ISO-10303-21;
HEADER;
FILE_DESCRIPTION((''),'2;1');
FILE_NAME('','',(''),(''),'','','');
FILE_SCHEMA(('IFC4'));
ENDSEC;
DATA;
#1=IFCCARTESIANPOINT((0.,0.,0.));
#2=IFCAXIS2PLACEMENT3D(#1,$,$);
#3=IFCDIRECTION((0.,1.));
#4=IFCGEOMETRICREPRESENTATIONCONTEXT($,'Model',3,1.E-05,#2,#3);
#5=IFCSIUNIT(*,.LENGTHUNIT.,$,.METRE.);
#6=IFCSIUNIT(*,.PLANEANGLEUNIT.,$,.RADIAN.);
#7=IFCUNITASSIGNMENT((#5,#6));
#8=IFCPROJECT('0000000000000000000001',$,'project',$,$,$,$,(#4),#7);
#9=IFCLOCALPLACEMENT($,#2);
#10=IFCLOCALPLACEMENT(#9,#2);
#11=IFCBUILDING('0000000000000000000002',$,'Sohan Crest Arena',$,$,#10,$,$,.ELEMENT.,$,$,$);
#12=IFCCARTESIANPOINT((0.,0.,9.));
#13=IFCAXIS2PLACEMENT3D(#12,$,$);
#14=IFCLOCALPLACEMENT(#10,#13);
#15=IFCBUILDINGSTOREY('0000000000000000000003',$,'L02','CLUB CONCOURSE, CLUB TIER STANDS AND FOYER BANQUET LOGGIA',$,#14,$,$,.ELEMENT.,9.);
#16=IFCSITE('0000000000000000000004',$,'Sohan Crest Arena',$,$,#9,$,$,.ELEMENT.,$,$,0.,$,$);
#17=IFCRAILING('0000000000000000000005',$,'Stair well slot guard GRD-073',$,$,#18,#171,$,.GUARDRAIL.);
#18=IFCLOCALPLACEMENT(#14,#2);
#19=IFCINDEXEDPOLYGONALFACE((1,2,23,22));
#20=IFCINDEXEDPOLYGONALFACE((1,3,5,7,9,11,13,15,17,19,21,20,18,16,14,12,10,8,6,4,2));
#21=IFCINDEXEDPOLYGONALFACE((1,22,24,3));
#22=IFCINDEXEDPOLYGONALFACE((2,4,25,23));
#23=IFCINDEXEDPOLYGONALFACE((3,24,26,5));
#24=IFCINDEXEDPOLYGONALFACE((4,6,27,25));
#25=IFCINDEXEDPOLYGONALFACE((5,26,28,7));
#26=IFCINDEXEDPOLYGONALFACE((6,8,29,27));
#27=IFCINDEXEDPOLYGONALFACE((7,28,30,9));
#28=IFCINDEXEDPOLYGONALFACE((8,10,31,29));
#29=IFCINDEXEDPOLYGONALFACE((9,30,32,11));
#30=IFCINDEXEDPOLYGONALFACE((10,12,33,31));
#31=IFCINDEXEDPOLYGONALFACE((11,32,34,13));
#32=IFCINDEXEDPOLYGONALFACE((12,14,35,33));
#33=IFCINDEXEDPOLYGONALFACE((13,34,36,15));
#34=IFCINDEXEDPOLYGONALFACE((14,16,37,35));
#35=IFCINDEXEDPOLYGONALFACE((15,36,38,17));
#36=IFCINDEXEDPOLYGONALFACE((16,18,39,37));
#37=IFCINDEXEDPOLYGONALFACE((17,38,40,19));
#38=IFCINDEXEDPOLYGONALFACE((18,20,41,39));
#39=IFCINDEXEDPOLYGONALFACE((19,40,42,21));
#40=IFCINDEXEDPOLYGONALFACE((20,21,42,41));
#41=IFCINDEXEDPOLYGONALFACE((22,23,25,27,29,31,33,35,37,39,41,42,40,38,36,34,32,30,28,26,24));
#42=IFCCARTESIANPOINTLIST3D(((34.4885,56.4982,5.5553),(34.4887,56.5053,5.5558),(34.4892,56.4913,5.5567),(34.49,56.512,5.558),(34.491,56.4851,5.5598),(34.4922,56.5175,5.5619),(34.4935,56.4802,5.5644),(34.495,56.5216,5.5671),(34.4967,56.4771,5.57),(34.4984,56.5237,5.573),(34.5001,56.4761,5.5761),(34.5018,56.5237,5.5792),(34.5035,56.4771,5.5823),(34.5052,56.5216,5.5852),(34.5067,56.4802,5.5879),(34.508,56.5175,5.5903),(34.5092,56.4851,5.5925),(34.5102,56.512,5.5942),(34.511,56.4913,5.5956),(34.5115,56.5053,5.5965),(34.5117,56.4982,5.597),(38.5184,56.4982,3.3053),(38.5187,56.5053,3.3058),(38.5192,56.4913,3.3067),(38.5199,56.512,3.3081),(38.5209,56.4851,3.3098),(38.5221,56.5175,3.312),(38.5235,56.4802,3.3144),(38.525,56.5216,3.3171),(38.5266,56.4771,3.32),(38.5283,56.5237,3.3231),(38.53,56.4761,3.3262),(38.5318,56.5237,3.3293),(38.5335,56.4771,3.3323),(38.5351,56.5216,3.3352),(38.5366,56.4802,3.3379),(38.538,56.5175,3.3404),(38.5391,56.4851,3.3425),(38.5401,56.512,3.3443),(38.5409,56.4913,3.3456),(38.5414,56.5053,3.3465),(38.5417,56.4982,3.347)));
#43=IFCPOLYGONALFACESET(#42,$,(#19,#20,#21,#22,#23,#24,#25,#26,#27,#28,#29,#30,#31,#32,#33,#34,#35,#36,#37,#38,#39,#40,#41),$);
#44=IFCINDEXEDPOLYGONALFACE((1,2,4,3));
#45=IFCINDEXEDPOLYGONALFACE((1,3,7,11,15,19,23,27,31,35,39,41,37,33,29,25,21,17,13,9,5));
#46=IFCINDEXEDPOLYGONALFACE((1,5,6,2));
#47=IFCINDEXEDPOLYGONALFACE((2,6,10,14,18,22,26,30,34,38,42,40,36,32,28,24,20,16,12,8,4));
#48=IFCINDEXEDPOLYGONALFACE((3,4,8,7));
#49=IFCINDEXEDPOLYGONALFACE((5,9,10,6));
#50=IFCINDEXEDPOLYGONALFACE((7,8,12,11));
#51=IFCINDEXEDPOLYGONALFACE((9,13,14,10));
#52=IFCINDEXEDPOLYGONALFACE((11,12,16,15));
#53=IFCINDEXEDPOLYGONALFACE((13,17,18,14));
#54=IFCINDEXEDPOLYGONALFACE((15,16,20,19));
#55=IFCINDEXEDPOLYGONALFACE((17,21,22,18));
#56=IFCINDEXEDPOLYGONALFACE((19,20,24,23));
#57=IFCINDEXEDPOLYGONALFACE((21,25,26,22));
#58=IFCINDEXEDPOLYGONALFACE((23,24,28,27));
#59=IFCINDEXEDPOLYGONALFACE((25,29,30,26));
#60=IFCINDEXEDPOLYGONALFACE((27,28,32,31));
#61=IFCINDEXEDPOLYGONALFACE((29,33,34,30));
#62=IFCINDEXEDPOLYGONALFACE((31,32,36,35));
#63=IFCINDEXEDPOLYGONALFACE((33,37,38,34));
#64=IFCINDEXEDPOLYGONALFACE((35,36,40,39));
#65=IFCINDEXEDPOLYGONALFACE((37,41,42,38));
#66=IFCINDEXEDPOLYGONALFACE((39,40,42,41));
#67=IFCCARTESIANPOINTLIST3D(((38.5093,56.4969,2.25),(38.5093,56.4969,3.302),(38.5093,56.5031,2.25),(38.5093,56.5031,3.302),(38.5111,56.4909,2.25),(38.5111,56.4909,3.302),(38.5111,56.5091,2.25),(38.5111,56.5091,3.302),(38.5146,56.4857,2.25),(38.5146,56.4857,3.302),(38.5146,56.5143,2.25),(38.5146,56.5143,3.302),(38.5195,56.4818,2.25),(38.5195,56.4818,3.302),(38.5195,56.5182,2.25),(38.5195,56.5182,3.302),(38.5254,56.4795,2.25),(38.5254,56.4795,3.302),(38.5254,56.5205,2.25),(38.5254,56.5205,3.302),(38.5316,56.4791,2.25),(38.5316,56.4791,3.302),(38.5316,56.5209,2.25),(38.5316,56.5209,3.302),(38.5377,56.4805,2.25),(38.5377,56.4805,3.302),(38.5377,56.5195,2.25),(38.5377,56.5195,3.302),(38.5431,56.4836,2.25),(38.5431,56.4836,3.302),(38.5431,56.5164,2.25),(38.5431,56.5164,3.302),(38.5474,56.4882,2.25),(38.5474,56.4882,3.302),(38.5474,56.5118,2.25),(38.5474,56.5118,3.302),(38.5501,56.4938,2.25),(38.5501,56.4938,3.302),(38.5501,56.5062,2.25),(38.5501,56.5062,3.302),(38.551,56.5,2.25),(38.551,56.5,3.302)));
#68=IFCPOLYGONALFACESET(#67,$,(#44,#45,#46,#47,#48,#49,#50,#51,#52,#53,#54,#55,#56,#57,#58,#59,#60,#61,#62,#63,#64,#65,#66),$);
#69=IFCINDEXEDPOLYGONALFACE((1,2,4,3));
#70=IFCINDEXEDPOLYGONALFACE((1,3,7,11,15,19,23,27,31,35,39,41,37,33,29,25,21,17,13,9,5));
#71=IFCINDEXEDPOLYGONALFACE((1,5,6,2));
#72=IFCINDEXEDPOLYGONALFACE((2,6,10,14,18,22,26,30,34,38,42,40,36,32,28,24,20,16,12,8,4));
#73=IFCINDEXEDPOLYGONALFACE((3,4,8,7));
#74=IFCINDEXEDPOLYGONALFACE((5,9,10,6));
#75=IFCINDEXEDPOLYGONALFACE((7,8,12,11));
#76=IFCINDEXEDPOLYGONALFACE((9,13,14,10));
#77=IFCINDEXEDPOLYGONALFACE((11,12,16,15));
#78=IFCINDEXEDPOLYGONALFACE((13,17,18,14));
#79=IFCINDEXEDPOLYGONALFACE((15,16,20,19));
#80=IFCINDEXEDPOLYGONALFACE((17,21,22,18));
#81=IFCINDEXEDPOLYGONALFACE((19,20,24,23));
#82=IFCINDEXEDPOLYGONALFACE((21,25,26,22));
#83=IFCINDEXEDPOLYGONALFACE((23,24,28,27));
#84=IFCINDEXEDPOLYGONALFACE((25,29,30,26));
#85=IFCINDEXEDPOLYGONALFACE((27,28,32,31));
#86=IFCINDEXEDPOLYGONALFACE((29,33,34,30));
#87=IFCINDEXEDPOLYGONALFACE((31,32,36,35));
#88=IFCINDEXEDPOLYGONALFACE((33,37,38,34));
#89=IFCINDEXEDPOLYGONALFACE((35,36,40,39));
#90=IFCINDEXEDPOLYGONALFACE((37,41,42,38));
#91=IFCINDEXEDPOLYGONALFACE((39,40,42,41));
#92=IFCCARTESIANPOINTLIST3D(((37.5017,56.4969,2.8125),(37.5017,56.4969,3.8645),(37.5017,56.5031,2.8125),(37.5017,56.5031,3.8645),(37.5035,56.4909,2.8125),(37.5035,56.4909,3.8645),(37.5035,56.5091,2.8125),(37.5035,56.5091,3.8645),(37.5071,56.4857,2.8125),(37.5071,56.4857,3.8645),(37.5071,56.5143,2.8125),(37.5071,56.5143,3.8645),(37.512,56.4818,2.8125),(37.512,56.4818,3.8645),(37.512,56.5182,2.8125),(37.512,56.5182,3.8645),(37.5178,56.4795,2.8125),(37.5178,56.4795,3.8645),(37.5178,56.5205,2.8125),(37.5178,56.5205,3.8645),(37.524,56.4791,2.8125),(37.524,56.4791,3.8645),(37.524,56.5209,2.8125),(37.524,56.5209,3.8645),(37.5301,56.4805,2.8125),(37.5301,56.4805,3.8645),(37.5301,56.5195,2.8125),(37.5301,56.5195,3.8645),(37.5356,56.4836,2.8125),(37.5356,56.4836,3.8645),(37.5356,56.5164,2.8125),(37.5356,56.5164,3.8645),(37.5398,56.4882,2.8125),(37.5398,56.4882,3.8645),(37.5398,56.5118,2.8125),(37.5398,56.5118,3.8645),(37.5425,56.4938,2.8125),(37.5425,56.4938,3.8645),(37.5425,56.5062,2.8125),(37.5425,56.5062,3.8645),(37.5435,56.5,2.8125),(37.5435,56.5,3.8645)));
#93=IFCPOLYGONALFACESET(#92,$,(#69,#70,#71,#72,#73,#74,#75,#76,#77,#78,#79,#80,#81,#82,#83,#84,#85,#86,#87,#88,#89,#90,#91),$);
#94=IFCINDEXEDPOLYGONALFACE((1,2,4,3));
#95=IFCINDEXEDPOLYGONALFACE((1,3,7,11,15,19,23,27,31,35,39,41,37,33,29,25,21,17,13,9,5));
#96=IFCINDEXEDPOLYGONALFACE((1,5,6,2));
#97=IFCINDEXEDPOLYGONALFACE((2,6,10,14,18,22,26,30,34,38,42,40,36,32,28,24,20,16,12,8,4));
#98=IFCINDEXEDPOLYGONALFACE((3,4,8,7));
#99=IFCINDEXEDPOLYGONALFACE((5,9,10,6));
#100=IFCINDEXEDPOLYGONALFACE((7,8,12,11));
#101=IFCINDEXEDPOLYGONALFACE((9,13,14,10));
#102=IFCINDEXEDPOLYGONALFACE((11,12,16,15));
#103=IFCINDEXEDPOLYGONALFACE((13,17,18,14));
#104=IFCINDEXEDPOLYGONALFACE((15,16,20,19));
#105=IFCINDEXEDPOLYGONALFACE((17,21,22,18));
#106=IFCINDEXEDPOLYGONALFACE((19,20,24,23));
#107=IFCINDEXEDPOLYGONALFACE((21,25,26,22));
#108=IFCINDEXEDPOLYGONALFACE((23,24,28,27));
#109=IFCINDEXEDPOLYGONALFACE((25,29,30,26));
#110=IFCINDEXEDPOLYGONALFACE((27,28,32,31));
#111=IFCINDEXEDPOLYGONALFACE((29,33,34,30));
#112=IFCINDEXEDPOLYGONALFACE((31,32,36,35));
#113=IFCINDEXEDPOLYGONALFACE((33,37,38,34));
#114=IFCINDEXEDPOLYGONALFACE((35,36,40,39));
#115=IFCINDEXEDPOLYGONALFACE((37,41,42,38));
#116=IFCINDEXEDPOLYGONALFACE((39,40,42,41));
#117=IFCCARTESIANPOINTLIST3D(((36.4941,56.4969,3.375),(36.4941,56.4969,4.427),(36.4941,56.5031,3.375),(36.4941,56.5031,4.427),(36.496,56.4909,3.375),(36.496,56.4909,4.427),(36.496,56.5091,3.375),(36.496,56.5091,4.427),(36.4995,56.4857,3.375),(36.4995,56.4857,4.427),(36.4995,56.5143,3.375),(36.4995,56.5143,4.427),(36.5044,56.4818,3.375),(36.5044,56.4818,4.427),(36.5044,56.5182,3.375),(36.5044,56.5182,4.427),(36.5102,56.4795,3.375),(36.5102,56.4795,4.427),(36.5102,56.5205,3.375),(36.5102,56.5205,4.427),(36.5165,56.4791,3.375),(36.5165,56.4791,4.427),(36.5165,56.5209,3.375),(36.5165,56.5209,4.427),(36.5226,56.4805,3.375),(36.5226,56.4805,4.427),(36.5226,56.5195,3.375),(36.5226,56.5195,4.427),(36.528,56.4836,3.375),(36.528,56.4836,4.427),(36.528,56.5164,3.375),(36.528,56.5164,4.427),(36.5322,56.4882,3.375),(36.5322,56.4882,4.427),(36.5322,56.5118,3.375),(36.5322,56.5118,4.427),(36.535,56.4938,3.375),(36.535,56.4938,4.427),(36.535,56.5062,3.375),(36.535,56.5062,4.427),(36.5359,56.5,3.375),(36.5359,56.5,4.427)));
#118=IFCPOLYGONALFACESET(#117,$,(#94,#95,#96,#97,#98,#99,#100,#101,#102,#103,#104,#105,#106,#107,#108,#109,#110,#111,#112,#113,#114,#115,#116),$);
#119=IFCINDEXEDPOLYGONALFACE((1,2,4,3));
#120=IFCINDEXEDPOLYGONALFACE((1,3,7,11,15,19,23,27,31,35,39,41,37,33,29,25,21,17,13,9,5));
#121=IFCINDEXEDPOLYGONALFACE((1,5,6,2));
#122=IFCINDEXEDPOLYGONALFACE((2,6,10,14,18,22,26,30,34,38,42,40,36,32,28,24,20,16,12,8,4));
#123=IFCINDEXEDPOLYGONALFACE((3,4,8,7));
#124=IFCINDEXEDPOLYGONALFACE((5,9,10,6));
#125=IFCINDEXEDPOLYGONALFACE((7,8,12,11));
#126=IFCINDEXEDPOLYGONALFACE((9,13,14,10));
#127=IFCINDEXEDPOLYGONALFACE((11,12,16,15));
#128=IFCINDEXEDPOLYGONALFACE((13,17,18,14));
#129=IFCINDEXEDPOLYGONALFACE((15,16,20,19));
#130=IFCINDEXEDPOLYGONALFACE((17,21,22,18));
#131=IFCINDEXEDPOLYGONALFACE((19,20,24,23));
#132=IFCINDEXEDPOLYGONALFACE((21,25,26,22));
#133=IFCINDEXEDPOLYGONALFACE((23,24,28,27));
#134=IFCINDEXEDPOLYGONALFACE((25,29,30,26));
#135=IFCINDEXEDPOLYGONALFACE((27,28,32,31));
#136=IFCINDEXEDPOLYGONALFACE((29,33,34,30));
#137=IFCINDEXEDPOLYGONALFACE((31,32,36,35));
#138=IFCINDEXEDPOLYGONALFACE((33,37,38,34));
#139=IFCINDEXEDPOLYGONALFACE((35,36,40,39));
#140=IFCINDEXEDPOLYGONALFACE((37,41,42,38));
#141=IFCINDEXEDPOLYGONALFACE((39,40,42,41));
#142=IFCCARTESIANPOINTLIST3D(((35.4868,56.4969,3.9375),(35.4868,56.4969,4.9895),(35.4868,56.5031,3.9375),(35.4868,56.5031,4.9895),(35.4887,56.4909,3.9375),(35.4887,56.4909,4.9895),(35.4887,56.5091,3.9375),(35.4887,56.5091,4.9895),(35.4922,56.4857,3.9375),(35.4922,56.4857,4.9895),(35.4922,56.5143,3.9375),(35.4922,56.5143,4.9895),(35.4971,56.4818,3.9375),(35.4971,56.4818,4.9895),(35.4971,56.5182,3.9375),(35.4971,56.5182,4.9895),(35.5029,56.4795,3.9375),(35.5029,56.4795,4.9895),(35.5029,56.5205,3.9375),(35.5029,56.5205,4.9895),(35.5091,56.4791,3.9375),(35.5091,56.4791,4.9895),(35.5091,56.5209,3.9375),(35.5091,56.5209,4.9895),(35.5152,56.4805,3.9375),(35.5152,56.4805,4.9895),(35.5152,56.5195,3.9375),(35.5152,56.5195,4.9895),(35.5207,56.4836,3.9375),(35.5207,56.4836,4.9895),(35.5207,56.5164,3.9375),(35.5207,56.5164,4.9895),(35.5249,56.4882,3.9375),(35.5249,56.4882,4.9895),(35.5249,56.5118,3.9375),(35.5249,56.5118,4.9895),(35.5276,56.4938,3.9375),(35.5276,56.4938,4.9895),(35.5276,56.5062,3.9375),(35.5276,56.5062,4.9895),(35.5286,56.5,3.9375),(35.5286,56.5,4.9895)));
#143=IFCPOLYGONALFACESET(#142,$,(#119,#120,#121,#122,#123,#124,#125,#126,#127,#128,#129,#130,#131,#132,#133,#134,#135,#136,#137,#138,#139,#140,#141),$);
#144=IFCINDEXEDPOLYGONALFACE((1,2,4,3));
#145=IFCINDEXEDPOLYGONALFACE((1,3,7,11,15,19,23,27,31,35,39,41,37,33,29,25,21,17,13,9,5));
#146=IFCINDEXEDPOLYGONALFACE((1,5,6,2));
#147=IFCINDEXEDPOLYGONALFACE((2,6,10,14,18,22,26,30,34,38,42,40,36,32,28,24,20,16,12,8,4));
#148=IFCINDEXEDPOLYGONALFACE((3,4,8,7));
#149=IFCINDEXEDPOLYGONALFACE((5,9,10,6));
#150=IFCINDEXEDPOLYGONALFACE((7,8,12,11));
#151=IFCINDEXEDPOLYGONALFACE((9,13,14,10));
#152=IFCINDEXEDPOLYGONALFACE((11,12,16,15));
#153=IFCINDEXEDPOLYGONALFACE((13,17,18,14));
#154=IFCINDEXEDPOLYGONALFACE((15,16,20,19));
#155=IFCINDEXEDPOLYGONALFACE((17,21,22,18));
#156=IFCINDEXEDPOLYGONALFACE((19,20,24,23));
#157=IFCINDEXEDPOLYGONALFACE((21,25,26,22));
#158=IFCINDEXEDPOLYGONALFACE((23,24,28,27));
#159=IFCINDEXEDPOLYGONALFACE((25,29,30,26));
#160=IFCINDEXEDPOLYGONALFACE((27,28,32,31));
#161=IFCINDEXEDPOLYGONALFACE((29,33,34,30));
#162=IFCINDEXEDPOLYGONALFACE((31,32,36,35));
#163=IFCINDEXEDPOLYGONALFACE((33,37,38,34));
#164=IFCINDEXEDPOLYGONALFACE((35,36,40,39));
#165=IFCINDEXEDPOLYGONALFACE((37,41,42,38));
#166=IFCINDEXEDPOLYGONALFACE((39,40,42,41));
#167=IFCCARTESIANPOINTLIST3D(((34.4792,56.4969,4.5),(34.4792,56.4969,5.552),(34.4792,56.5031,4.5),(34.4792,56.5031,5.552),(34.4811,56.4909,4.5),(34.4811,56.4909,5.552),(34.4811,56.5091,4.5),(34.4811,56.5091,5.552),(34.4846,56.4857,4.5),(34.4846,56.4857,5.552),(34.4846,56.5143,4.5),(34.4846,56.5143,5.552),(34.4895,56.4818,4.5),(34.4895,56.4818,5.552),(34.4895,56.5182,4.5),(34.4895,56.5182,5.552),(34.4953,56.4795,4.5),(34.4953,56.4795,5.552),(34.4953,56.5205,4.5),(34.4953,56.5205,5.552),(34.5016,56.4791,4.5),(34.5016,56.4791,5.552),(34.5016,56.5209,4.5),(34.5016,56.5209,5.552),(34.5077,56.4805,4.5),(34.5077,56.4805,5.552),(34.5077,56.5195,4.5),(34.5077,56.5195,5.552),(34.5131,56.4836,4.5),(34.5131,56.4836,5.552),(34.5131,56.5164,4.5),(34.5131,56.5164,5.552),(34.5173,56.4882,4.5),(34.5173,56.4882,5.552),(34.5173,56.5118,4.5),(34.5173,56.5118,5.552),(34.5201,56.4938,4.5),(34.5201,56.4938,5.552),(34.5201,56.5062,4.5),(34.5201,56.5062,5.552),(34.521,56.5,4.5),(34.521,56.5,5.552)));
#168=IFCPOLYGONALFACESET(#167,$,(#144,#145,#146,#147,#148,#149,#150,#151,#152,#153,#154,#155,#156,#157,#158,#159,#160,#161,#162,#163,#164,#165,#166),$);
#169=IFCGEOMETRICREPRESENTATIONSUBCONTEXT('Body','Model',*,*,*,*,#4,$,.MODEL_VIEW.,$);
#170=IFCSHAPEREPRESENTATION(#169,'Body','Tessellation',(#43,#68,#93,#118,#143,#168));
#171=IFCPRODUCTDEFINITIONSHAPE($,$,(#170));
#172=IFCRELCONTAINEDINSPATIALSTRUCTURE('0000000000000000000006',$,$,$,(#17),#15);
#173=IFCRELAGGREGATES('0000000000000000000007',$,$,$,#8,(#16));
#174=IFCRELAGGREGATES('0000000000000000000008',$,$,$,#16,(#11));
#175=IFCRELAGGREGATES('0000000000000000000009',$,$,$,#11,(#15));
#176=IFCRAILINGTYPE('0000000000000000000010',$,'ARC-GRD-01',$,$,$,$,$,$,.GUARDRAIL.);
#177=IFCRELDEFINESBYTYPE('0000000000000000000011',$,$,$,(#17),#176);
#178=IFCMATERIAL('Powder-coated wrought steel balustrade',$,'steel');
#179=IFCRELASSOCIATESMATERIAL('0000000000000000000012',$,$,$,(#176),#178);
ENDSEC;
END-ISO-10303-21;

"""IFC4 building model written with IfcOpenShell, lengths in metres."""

from ifc_helpers import new_model, si_unit, direction, frame, origin, origin_2d, place, context, subcontext, project, spatial, circle, extrude, material, type_object, element, save


model = new_model("IFC4")

# Units and contexts
model_context = context("Model", 3, precision=1e-05, world=origin(), true_north=direction((0.0, 1.0)))
body_context = subcontext(model_context, "Body", "Model", "MODEL_VIEW")
ifc_project = project(units=[si_unit("LENGTHUNIT", "METRE"), si_unit("PLANEANGLEUNIT", "RADIAN")], contexts=[model_context])

# Site, building, storey
site_placement = place(None, origin())
site = spatial("IfcSite", under=ifc_project, at=site_placement, Name="Sohan Crest Arena", CompositionType="ELEMENT", RefElevation=0.0)
building_placement = place(site_placement, origin())
building = spatial("IfcBuilding", under=site, at=building_placement, Name="Sohan Crest Arena", CompositionType="ELEMENT")
storey_placement = place(building_placement, frame((0.0, 0.0, 9.0)))
storey = spatial("IfcBuildingStorey", under=building, at=storey_placement, Name="L02", Description="CLUB CONCOURSE, CLUB TIER STANDS AND FOYER BANQUET LOGGIA", CompositionType="ELEMENT", Elevation=9.0)

# Railing
ifc_material_1 = material(Name="Powder-coated wrought steel balustrade", Category="steel")
railing_type_1 = type_object("IfcRailingType", Name="ARC-GRD-01", PredefinedType="GUARDRAIL", material=ifc_material_1)
railing_1_placement = place(storey_placement, frame((38.53, 56.5, 2.25)))
element("IfcRailing", 1, at=railing_1_placement, inside=storey, type_object=railing_type_1, Name="Stair well slot guard GRD-073", PredefinedType="GUARDRAIL", context=body_context, shape_type="SweptSolid", body=[
    extrude(circle(Radius=0.0239, at=origin_2d()), frame((0.0, 0.0, 1.0762), z_axis=(-0.873135, 0.0, 0.487479), x_axis=(0.0, -1.0, 0.0)), (0.0, 0.0, 1.0), 4.6155),
    extrude(circle(Radius=0.021, at=origin_2d()), origin(), (0.0, 0.0, 1.0), 1.052),
    extrude(circle(Radius=0.021, at=origin_2d()), frame((-1.0076, 0.0, 0.5625)), (0.0, 0.0, 1.0), 1.052),
    extrude(circle(Radius=0.021, at=origin_2d()), frame((-2.0151, 0.0, 1.125)), (0.0, 0.0, 1.0), 1.052),
    extrude(circle(Radius=0.021, at=origin_2d()), frame((-3.0225, 0.0, 1.6875)), (0.0, 0.0, 1.0), 1.052),
    extrude(circle(Radius=0.021, at=origin_2d()), frame((-4.03, 0.0, 2.25)), (0.0, 0.0, 1.0), 1.052),
])

save(model, "model.ifc")
